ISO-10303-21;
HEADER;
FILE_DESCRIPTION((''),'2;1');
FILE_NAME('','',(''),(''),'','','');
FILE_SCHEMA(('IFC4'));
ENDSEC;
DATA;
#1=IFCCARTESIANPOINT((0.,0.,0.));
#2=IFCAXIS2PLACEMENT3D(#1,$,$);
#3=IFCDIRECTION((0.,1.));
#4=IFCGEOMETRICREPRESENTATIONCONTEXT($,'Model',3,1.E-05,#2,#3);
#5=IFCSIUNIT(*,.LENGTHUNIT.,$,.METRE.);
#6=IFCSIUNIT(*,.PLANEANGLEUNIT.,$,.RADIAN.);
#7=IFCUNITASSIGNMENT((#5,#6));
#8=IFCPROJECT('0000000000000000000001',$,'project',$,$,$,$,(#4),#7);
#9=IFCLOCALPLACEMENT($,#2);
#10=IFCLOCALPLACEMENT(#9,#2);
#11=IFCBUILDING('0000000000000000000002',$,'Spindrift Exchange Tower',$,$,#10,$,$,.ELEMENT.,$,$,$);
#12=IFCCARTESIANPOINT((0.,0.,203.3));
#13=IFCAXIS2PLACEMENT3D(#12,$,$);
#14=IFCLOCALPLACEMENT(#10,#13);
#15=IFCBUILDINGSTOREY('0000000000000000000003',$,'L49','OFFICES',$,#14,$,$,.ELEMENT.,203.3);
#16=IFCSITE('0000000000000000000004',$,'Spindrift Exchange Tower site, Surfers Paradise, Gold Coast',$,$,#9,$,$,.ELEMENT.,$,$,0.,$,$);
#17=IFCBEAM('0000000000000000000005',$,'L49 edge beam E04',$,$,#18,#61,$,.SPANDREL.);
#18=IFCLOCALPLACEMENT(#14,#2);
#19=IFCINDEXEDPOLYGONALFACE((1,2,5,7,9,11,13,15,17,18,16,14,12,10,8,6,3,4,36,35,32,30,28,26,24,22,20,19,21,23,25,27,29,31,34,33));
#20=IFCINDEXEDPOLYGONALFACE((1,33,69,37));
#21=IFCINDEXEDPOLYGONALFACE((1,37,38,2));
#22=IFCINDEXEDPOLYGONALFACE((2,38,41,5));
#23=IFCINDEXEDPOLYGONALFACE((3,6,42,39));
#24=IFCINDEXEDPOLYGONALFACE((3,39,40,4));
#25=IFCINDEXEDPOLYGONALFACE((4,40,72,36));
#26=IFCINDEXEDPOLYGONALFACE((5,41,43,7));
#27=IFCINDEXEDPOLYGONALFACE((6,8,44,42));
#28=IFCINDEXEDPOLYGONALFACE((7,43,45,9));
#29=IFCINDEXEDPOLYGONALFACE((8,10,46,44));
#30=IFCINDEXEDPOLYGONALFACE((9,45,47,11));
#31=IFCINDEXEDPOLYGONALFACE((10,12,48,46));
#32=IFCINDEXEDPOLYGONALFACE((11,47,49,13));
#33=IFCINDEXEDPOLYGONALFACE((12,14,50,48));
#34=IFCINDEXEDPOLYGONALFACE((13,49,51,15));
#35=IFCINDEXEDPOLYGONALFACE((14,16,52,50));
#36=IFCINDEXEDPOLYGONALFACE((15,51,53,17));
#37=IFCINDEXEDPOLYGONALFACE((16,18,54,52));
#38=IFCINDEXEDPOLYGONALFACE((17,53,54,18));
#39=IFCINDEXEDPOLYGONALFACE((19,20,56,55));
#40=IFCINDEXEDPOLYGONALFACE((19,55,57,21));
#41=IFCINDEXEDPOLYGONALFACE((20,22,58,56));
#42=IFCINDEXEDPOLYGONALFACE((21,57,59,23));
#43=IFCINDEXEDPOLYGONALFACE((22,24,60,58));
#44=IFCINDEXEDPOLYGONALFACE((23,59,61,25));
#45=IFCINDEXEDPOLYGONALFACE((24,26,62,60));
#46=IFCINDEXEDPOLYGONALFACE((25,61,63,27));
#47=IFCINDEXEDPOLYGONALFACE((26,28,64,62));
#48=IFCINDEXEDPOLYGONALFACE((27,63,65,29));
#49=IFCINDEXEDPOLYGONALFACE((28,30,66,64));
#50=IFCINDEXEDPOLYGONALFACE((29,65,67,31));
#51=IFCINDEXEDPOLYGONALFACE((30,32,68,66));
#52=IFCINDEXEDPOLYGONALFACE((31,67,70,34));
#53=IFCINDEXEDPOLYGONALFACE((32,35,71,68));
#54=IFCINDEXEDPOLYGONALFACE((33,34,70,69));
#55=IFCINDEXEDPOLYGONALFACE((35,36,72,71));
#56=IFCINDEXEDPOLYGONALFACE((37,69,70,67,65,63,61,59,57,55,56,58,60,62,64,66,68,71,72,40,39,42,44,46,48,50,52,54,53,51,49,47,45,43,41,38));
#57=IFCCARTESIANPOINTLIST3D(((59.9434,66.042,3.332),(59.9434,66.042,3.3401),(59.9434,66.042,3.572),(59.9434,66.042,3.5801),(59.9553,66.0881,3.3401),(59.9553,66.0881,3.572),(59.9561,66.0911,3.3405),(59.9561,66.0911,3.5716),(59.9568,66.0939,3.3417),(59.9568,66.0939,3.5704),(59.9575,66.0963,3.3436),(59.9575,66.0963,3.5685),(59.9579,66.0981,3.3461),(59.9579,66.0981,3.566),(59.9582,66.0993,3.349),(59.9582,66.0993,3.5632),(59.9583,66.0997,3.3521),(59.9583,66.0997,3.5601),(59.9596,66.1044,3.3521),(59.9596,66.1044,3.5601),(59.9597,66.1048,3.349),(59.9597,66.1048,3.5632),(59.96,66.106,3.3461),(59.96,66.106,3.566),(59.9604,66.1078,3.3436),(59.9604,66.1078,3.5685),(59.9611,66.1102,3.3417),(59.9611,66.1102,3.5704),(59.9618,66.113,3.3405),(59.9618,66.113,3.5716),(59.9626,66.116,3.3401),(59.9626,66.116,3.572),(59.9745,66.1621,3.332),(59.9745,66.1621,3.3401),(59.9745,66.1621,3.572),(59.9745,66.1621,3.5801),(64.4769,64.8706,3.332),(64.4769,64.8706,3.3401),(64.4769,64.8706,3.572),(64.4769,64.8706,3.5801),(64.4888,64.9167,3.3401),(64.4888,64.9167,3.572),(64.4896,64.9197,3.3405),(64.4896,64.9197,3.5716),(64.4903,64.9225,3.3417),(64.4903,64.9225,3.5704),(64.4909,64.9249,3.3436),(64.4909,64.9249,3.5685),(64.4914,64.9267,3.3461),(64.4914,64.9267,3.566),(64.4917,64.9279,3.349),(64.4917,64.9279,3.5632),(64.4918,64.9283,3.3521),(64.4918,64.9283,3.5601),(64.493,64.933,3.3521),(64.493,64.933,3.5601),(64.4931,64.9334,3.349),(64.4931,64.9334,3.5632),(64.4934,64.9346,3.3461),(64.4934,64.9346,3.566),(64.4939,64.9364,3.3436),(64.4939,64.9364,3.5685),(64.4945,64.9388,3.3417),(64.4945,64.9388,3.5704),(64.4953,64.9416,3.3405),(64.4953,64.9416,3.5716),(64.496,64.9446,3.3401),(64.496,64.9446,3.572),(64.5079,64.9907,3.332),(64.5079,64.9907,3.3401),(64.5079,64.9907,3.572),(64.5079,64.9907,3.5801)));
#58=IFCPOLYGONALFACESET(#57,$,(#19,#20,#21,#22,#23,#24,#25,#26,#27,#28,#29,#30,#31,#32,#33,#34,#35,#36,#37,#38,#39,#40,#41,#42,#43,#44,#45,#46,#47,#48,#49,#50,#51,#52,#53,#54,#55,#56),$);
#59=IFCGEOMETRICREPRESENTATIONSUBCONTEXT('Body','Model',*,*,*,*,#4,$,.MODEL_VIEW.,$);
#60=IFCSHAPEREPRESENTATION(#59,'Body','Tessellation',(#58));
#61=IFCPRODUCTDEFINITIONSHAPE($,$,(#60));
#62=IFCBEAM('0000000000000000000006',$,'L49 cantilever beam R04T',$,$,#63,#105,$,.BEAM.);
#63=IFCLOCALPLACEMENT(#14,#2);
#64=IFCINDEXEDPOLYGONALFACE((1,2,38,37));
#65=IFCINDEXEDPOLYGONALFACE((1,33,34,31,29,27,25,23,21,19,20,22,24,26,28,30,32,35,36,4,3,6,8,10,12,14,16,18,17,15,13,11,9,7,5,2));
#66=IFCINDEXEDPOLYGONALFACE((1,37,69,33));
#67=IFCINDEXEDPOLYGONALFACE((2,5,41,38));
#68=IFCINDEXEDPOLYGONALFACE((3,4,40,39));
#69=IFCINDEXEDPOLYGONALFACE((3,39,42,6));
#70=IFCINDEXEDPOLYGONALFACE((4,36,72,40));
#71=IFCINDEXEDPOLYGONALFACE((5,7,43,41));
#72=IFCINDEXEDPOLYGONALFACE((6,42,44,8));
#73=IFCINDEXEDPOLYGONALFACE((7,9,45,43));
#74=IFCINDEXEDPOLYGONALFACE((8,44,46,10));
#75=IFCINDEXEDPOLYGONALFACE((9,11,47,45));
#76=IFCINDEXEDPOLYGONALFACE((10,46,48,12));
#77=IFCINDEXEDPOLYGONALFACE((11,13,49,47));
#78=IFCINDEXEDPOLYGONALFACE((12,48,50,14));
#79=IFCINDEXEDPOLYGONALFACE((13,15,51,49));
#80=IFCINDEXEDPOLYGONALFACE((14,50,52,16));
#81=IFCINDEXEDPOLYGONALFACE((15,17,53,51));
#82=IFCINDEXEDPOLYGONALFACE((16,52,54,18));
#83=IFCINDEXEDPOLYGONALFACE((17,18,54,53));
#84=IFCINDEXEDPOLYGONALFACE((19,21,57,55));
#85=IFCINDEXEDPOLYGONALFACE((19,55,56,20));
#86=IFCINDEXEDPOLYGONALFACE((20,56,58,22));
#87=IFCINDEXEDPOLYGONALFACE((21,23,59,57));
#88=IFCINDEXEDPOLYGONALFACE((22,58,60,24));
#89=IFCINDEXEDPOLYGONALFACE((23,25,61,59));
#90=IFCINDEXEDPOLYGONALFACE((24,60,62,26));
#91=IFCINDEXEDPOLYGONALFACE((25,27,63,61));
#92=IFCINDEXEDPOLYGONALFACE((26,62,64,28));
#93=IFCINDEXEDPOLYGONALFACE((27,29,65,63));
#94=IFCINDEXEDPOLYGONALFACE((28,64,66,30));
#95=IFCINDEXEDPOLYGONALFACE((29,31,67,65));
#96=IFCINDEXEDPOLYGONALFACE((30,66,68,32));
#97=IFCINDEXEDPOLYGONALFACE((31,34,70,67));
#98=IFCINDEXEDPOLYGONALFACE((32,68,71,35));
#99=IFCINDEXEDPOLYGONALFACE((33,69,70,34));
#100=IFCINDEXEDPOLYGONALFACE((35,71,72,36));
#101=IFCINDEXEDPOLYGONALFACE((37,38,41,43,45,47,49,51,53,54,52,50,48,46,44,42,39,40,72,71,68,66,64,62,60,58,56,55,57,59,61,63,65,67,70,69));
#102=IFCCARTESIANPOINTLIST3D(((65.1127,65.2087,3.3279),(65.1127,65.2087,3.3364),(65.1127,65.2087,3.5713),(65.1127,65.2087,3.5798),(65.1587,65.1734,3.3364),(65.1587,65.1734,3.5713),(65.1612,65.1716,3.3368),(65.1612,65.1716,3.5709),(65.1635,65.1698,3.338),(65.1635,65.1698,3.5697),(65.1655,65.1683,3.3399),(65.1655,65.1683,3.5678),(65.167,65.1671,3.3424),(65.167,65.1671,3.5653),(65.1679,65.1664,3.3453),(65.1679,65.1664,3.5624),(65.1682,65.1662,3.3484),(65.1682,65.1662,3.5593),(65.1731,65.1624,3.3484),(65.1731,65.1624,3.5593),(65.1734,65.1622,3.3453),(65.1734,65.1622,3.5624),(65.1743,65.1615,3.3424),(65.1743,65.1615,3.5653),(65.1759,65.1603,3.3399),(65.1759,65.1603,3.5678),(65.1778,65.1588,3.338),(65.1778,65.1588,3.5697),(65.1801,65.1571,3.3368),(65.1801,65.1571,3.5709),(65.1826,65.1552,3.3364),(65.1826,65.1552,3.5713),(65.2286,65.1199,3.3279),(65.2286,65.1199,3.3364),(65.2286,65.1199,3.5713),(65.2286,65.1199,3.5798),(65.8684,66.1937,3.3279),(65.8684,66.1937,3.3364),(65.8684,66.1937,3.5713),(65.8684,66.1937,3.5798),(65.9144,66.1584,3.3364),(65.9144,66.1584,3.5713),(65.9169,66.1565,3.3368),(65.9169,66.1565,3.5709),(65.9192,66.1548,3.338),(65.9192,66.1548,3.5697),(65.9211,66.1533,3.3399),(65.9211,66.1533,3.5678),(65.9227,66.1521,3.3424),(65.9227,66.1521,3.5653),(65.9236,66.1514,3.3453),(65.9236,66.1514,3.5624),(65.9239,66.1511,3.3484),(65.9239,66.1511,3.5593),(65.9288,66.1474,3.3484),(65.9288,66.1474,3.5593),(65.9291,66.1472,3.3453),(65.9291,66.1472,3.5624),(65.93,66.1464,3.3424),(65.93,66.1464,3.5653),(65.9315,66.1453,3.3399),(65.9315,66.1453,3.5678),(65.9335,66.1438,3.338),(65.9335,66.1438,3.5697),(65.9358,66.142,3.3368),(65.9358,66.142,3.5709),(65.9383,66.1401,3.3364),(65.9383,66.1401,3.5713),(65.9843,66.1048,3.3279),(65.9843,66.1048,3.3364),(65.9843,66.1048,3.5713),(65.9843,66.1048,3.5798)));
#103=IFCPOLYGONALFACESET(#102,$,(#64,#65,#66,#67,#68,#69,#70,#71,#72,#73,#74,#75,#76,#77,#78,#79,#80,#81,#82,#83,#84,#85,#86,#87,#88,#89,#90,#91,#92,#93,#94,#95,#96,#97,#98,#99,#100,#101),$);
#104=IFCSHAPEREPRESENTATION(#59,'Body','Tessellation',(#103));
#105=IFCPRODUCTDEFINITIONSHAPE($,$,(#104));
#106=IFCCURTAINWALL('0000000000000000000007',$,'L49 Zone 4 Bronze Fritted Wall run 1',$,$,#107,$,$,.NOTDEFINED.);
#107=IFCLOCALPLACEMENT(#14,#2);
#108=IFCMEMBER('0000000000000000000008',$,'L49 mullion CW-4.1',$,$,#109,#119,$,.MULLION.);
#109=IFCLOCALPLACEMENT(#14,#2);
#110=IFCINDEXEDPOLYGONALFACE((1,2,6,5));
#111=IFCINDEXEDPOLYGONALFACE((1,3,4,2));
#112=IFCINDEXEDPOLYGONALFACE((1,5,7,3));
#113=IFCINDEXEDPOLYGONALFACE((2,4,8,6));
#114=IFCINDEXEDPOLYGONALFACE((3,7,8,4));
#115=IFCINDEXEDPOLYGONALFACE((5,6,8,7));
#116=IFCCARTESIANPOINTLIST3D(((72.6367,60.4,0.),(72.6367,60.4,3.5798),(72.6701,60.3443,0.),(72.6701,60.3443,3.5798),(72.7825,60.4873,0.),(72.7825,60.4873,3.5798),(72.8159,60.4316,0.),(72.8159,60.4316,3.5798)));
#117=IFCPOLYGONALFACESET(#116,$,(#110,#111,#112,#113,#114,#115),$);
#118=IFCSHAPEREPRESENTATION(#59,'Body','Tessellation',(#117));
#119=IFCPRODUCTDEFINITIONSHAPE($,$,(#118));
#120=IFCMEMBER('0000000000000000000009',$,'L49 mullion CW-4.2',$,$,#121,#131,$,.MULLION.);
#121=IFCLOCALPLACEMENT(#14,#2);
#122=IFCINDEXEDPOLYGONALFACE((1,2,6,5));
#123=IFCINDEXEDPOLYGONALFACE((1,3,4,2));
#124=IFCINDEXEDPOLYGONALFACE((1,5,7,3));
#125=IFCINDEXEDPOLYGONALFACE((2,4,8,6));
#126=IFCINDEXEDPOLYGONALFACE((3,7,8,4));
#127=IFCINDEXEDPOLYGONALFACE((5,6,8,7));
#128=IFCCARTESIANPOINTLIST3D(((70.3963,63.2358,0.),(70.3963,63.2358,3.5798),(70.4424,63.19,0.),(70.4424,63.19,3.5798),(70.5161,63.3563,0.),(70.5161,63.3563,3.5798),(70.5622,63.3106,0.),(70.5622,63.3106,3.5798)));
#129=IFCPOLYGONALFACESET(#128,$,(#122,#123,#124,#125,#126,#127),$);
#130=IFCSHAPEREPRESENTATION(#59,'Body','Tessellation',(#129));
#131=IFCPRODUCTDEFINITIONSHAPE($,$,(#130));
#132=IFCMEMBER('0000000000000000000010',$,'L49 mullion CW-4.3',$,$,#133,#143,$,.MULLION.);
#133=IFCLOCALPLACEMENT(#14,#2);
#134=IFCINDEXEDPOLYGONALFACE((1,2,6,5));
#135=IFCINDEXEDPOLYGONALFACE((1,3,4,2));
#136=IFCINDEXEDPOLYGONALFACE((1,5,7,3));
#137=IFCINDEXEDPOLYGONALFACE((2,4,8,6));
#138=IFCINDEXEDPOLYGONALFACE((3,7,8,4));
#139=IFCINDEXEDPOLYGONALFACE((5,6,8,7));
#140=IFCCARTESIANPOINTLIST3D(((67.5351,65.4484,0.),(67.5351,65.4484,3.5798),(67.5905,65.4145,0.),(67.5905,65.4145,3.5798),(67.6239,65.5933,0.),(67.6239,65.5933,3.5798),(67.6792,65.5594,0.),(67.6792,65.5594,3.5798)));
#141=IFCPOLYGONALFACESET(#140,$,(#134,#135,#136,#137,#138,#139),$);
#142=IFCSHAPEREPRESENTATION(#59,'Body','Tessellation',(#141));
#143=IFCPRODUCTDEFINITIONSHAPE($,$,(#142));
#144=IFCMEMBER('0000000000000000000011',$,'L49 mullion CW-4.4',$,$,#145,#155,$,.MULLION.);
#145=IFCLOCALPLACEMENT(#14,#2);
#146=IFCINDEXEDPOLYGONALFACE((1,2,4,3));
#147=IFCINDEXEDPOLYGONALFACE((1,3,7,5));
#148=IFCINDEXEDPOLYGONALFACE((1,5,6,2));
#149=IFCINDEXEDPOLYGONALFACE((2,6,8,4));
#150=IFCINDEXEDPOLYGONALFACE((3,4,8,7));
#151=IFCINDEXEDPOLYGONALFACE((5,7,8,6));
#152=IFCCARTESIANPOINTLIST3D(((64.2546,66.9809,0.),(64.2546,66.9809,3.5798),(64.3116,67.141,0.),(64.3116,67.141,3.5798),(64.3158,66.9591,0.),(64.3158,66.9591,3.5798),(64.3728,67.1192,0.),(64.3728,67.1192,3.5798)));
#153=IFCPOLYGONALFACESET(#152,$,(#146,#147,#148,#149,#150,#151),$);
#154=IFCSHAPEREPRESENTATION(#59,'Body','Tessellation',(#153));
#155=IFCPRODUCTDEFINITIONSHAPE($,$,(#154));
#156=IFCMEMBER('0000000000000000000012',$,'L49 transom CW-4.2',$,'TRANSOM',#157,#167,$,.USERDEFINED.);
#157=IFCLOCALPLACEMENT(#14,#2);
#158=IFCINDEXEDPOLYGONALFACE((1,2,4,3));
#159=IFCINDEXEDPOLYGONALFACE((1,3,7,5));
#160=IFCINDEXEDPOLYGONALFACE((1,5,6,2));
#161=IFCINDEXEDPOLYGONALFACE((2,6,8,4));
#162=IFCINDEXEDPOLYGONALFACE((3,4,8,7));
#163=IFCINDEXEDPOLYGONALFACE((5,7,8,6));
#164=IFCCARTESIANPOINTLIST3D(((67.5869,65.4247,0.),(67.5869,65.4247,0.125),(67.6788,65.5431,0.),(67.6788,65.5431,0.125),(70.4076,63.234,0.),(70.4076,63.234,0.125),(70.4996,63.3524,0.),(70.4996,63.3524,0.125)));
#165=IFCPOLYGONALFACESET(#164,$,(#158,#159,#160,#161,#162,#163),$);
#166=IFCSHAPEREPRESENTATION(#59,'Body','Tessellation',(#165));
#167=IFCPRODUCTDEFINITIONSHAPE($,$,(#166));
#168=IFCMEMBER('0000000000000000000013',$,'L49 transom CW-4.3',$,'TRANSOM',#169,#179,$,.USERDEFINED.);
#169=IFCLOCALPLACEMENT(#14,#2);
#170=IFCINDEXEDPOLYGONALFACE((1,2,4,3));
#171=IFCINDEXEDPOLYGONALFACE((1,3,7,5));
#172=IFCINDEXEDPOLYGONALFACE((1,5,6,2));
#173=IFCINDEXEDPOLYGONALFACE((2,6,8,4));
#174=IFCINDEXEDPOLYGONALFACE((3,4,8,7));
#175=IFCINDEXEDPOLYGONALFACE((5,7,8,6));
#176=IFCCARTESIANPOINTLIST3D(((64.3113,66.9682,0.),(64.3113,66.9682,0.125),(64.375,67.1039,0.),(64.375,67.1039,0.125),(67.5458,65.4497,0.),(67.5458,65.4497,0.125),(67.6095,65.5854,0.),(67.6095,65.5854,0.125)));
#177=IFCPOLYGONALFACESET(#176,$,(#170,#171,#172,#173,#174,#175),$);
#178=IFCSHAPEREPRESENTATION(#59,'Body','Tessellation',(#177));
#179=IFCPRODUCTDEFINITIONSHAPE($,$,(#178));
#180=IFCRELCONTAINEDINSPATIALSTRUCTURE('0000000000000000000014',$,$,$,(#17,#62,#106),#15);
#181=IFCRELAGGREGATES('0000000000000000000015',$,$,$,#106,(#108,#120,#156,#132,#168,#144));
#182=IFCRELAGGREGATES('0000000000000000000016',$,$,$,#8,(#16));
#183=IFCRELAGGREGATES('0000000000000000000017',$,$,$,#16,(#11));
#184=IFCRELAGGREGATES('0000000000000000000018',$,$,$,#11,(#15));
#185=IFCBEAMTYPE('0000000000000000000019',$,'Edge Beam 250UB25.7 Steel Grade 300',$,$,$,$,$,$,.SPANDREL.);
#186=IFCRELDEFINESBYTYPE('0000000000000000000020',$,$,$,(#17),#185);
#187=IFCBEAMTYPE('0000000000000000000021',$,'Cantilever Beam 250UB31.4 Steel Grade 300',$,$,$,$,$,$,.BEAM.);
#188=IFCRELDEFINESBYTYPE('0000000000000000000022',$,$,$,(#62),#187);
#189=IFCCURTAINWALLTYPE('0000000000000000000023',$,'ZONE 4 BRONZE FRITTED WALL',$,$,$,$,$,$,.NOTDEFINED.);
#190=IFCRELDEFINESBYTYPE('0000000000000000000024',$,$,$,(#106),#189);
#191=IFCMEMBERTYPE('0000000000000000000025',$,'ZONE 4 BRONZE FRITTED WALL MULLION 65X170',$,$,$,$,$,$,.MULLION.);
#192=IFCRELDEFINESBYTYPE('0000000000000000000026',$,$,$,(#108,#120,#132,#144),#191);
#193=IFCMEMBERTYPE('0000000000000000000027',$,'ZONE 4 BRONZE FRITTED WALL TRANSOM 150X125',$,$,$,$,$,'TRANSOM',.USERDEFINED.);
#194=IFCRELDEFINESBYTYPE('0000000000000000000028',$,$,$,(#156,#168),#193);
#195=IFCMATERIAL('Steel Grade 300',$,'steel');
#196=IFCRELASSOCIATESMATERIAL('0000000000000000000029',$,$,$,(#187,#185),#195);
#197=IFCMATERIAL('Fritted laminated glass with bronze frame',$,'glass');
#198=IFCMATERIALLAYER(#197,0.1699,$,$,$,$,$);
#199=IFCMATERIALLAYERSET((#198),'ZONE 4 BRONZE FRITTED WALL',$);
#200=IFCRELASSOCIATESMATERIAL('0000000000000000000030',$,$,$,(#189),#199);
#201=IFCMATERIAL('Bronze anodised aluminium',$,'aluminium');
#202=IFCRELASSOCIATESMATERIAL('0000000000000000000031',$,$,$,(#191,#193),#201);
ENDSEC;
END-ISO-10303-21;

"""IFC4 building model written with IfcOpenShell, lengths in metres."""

from ifc_helpers import new_model, si_unit, direction, frame, origin, origin_2d, place, context, subcontext, project, spatial, rectangle, i_section, extrude, source, transform, mapped, material, layer, layer_set, material_profile, profile_set, type_object, element, aggregate, save


model = new_model("IFC4")

# Units and contexts
model_context = context("Model", 3, precision=1e-05, world=origin(), true_north=direction((0.0, 1.0)))
body_context = subcontext(model_context, "Body", "Model", "MODEL_VIEW")
ifc_project = project(units=[si_unit("LENGTHUNIT", "METRE"), si_unit("PLANEANGLEUNIT", "RADIAN")], contexts=[model_context])

# Site, building, storey
site_placement = place(None, origin())
site = spatial("IfcSite", under=ifc_project, at=site_placement, Name="Spindrift Exchange Tower site, Surfers Paradise, Gold Coast", CompositionType="ELEMENT", RefElevation=0.0)
building_placement = place(site_placement, origin())
building = spatial("IfcBuilding", under=site, at=building_placement, Name="Spindrift Exchange Tower", CompositionType="ELEMENT")
storey_placement = place(building_placement, frame((0.0, 0.0, 203.3)))
storey = spatial("IfcBuildingStorey", under=building, at=storey_placement, Name="L49", Description="OFFICES", CompositionType="ELEMENT", Elevation=203.3)

# Beams
ifc_material_1 = material(Name="Steel Grade 300", Category="steel")
ifc_material_profile_1 = material_profile(ifc_material_1, i_section(OverallWidth=0.146, OverallDepth=0.252, WebThickness=0.0061, FlangeThickness=0.0085, FilletRadius=0.012, at=origin_2d()), Name="250UB31.4")
ifc_profile_set_1 = profile_set([ifc_material_profile_1], Name="Steel Grade 300")
beam_type_1 = type_object("IfcBeamType", Name="Cantilever Beam 250UB31.4 Steel Grade 300", PredefinedType="BEAM", material=ifc_profile_set_1)
ifc_material_profile_2 = material_profile(ifc_material_1, i_section(OverallWidth=0.124, OverallDepth=0.248, WebThickness=0.0049, FlangeThickness=0.0081, FilletRadius=0.012, at=origin_2d()), Name="250UB25.7")
ifc_profile_set_2 = profile_set([ifc_material_profile_2], Name="Steel Grade 300")
beam_type_2 = type_object("IfcBeamType", Name="Edge Beam 250UB25.7 Steel Grade 300", PredefinedType="SPANDREL", material=ifc_profile_set_2)
shared_shape_1 = source(origin(), body_context, "Body", "SweptSolid", [
    extrude(i_section(OverallWidth=0.124, OverallDepth=0.248, WebThickness=0.0049, FlangeThickness=0.0081, FilletRadius=0.012, at=origin_2d()), origin(), (0.0, 0.0, 1.0), 4.6824),
])
beam_1_placement = place(storey_placement, frame((64.4924, 64.9307, 3.4561), z_axis=(-0.968202, 0.250171, 0.0), x_axis=(-0.250171, -0.968202, 0.0)))
element("IfcBeam", 1, at=beam_1_placement, inside=storey, type_object=beam_type_2, Name="L49 edge beam E04", PredefinedType="SPANDREL", context=body_context, shape_type="MappedRepresentation", body=[
    mapped(shared_shape_1, transform((0.0, 0.0, 0.0), scale=1.0)),
])
shared_shape_2 = source(origin(), body_context, "Body", "SweptSolid", [
    extrude(i_section(OverallWidth=0.146, OverallDepth=0.252, WebThickness=0.0061, FlangeThickness=0.0085, FilletRadius=0.012, at=origin_2d()), origin(), (0.0, 0.0, 1.0), 1.2415),
])
beam_2_placement = place(storey_placement, frame((65.1707, 65.1643, 3.4539), z_axis=(0.608712, 0.793391, 0.0), x_axis=(-0.793391, 0.608712, 0.0)))
element("IfcBeam", 2, at=beam_2_placement, inside=storey, type_object=beam_type_1, Name="L49 cantilever beam R04T", PredefinedType="BEAM", context=body_context, shape_type="MappedRepresentation", body=[
    mapped(shared_shape_2, transform((0.0, 0.0, 0.0), scale=1.0)),
])

# Curtain wall, members
ifc_material_2 = material(Name="Fritted laminated glass with bronze frame", Category="glass")
ifc_layer_1 = layer(ifc_material_2, 0.1699)
ifc_layer_set_1 = layer_set([ifc_layer_1], Name="ZONE 4 BRONZE FRITTED WALL")
curtain_wall_type = type_object("IfcCurtainWallType", Name="ZONE 4 BRONZE FRITTED WALL", PredefinedType="NOTDEFINED", material=ifc_layer_set_1)
curtain_wall_placement = place(storey_placement, origin())
curtain_wall = element("IfcCurtainWall", 3, at=curtain_wall_placement, inside=storey, type_object=curtain_wall_type, Name="L49 Zone 4 Bronze Fritted Wall run 1", PredefinedType="NOTDEFINED")
ifc_material_3 = material(Name="Bronze anodised aluminium", Category="aluminium")
ifc_material_profile_3 = material_profile(ifc_material_3, rectangle(XDim=0.0649, YDim=0.1699, at=origin_2d()), Name="ZONE 4 BRONZE FRITTED WALL MULLION 65X170")
ifc_profile_set_3 = profile_set([ifc_material_profile_3], Name="Bronze anodised aluminium")
member_type_1 = type_object("IfcMemberType", Name="ZONE 4 BRONZE FRITTED WALL MULLION 65X170", PredefinedType="MULLION", material=ifc_profile_set_3)
shared_shape_3 = source(origin(), body_context, "Body", "SweptSolid", [
    extrude(rectangle(XDim=0.0649, YDim=0.1699, at=origin_2d()), origin(), (0.0, 0.0, 1.0), 3.5798),
])
member_1_placement = place(storey_placement, frame((72.7263, 60.4158, 0.0), z_axis=(0.0, 0.0, 1.0), x_axis=(-0.513878, 0.857863, 0.0)))
member_1 = element("IfcMember", 4, at=member_1_placement, type_object=member_type_1, Name="L49 mullion CW-4.1", PredefinedType="MULLION", context=body_context, shape_type="MappedRepresentation", body=[
    mapped(shared_shape_3, transform((0.0, 0.0, 0.0), scale=1.0)),
])
member_2_placement = place(storey_placement, frame((70.4792, 63.2732, 0.0), z_axis=(0.0, 0.0, 1.0), x_axis=(-0.709242, 0.704965, 0.0)))
member_2 = element("IfcMember", 5, at=member_2_placement, type_object=member_type_1, Name="L49 mullion CW-4.2", PredefinedType="MULLION", context=body_context, shape_type="MappedRepresentation", body=[
    mapped(shared_shape_3, transform((0.0, 0.0, 0.0), scale=1.0)),
])
member_3_placement = place(storey_placement, frame((67.6072, 65.5039, 0.0), z_axis=(0.0, 0.0, 1.0), x_axis=(-0.852724, 0.522362, 0.0)))
member_3 = element("IfcMember", 6, at=member_3_placement, type_object=member_type_1, Name="L49 mullion CW-4.3", PredefinedType="MULLION", context=body_context, shape_type="MappedRepresentation", body=[
    mapped(shared_shape_3, transform((0.0, 0.0, 0.0), scale=1.0)),
])
member_4_placement = place(storey_placement, frame((64.3137, 67.05, 0.0), z_axis=(0.0, 0.0, 1.0), x_axis=(-0.942124, 0.335264, 0.0)))
member_4 = element("IfcMember", 7, at=member_4_placement, type_object=member_type_1, Name="L49 mullion CW-4.4", PredefinedType="MULLION", context=body_context, shape_type="MappedRepresentation", body=[
    mapped(shared_shape_3, transform((0.0, 0.0, 0.0), scale=1.0)),
])
ifc_material_profile_4 = material_profile(ifc_material_3, rectangle(XDim=0.1499, YDim=0.125, at=origin_2d()), Name="ZONE 4 BRONZE FRITTED WALL TRANSOM 150X125")
ifc_profile_set_4 = profile_set([ifc_material_profile_4], Name="Bronze anodised aluminium")
member_type_2 = type_object("IfcMemberType", Name="ZONE 4 BRONZE FRITTED WALL TRANSOM 150X125", ElementType="TRANSOM", PredefinedType="USERDEFINED", material=ifc_profile_set_4)
shared_shape_4 = source(origin(), body_context, "Body", "SweptSolid", [
    extrude(rectangle(XDim=0.1499, YDim=0.125, at=origin_2d()), origin(), (0.0, 0.0, 1.0), 3.5715),
])
member_5_placement = place(storey_placement, frame((70.4536, 63.2932, 0.0625), z_axis=(-0.789797, 0.613368, 0.0), x_axis=(-0.613368, -0.789797, 0.0)))
member_5 = element("IfcMember", 8, at=member_5_placement, type_object=member_type_2, Name="L49 transom CW-4.2", ObjectType="TRANSOM", PredefinedType="USERDEFINED", context=body_context, shape_type="MappedRepresentation", body=[
    mapped(shared_shape_4, transform((0.0, 0.0, 0.0), scale=1.0)),
])
shared_shape_5 = source(origin(), body_context, "Body", "SweptSolid", [
    extrude(rectangle(XDim=0.1499, YDim=0.125, at=origin_2d()), origin(), (0.0, 0.0, 1.0), 3.5732),
])
member_6_placement = place(storey_placement, frame((67.5776, 65.5176, 0.0625), z_axis=(-0.905209, 0.424968, 0.0), x_axis=(-0.424968, -0.905209, 0.0)))
member_6 = element("IfcMember", 9, at=member_6_placement, type_object=member_type_2, Name="L49 transom CW-4.3", ObjectType="TRANSOM", PredefinedType="USERDEFINED", context=body_context, shape_type="MappedRepresentation", body=[
    mapped(shared_shape_5, transform((0.0, 0.0, 0.0), scale=1.0)),
])
aggregate(curtain_wall, [member_1, member_2, member_5, member_3, member_6, member_4])

save(model, "model.ifc")
